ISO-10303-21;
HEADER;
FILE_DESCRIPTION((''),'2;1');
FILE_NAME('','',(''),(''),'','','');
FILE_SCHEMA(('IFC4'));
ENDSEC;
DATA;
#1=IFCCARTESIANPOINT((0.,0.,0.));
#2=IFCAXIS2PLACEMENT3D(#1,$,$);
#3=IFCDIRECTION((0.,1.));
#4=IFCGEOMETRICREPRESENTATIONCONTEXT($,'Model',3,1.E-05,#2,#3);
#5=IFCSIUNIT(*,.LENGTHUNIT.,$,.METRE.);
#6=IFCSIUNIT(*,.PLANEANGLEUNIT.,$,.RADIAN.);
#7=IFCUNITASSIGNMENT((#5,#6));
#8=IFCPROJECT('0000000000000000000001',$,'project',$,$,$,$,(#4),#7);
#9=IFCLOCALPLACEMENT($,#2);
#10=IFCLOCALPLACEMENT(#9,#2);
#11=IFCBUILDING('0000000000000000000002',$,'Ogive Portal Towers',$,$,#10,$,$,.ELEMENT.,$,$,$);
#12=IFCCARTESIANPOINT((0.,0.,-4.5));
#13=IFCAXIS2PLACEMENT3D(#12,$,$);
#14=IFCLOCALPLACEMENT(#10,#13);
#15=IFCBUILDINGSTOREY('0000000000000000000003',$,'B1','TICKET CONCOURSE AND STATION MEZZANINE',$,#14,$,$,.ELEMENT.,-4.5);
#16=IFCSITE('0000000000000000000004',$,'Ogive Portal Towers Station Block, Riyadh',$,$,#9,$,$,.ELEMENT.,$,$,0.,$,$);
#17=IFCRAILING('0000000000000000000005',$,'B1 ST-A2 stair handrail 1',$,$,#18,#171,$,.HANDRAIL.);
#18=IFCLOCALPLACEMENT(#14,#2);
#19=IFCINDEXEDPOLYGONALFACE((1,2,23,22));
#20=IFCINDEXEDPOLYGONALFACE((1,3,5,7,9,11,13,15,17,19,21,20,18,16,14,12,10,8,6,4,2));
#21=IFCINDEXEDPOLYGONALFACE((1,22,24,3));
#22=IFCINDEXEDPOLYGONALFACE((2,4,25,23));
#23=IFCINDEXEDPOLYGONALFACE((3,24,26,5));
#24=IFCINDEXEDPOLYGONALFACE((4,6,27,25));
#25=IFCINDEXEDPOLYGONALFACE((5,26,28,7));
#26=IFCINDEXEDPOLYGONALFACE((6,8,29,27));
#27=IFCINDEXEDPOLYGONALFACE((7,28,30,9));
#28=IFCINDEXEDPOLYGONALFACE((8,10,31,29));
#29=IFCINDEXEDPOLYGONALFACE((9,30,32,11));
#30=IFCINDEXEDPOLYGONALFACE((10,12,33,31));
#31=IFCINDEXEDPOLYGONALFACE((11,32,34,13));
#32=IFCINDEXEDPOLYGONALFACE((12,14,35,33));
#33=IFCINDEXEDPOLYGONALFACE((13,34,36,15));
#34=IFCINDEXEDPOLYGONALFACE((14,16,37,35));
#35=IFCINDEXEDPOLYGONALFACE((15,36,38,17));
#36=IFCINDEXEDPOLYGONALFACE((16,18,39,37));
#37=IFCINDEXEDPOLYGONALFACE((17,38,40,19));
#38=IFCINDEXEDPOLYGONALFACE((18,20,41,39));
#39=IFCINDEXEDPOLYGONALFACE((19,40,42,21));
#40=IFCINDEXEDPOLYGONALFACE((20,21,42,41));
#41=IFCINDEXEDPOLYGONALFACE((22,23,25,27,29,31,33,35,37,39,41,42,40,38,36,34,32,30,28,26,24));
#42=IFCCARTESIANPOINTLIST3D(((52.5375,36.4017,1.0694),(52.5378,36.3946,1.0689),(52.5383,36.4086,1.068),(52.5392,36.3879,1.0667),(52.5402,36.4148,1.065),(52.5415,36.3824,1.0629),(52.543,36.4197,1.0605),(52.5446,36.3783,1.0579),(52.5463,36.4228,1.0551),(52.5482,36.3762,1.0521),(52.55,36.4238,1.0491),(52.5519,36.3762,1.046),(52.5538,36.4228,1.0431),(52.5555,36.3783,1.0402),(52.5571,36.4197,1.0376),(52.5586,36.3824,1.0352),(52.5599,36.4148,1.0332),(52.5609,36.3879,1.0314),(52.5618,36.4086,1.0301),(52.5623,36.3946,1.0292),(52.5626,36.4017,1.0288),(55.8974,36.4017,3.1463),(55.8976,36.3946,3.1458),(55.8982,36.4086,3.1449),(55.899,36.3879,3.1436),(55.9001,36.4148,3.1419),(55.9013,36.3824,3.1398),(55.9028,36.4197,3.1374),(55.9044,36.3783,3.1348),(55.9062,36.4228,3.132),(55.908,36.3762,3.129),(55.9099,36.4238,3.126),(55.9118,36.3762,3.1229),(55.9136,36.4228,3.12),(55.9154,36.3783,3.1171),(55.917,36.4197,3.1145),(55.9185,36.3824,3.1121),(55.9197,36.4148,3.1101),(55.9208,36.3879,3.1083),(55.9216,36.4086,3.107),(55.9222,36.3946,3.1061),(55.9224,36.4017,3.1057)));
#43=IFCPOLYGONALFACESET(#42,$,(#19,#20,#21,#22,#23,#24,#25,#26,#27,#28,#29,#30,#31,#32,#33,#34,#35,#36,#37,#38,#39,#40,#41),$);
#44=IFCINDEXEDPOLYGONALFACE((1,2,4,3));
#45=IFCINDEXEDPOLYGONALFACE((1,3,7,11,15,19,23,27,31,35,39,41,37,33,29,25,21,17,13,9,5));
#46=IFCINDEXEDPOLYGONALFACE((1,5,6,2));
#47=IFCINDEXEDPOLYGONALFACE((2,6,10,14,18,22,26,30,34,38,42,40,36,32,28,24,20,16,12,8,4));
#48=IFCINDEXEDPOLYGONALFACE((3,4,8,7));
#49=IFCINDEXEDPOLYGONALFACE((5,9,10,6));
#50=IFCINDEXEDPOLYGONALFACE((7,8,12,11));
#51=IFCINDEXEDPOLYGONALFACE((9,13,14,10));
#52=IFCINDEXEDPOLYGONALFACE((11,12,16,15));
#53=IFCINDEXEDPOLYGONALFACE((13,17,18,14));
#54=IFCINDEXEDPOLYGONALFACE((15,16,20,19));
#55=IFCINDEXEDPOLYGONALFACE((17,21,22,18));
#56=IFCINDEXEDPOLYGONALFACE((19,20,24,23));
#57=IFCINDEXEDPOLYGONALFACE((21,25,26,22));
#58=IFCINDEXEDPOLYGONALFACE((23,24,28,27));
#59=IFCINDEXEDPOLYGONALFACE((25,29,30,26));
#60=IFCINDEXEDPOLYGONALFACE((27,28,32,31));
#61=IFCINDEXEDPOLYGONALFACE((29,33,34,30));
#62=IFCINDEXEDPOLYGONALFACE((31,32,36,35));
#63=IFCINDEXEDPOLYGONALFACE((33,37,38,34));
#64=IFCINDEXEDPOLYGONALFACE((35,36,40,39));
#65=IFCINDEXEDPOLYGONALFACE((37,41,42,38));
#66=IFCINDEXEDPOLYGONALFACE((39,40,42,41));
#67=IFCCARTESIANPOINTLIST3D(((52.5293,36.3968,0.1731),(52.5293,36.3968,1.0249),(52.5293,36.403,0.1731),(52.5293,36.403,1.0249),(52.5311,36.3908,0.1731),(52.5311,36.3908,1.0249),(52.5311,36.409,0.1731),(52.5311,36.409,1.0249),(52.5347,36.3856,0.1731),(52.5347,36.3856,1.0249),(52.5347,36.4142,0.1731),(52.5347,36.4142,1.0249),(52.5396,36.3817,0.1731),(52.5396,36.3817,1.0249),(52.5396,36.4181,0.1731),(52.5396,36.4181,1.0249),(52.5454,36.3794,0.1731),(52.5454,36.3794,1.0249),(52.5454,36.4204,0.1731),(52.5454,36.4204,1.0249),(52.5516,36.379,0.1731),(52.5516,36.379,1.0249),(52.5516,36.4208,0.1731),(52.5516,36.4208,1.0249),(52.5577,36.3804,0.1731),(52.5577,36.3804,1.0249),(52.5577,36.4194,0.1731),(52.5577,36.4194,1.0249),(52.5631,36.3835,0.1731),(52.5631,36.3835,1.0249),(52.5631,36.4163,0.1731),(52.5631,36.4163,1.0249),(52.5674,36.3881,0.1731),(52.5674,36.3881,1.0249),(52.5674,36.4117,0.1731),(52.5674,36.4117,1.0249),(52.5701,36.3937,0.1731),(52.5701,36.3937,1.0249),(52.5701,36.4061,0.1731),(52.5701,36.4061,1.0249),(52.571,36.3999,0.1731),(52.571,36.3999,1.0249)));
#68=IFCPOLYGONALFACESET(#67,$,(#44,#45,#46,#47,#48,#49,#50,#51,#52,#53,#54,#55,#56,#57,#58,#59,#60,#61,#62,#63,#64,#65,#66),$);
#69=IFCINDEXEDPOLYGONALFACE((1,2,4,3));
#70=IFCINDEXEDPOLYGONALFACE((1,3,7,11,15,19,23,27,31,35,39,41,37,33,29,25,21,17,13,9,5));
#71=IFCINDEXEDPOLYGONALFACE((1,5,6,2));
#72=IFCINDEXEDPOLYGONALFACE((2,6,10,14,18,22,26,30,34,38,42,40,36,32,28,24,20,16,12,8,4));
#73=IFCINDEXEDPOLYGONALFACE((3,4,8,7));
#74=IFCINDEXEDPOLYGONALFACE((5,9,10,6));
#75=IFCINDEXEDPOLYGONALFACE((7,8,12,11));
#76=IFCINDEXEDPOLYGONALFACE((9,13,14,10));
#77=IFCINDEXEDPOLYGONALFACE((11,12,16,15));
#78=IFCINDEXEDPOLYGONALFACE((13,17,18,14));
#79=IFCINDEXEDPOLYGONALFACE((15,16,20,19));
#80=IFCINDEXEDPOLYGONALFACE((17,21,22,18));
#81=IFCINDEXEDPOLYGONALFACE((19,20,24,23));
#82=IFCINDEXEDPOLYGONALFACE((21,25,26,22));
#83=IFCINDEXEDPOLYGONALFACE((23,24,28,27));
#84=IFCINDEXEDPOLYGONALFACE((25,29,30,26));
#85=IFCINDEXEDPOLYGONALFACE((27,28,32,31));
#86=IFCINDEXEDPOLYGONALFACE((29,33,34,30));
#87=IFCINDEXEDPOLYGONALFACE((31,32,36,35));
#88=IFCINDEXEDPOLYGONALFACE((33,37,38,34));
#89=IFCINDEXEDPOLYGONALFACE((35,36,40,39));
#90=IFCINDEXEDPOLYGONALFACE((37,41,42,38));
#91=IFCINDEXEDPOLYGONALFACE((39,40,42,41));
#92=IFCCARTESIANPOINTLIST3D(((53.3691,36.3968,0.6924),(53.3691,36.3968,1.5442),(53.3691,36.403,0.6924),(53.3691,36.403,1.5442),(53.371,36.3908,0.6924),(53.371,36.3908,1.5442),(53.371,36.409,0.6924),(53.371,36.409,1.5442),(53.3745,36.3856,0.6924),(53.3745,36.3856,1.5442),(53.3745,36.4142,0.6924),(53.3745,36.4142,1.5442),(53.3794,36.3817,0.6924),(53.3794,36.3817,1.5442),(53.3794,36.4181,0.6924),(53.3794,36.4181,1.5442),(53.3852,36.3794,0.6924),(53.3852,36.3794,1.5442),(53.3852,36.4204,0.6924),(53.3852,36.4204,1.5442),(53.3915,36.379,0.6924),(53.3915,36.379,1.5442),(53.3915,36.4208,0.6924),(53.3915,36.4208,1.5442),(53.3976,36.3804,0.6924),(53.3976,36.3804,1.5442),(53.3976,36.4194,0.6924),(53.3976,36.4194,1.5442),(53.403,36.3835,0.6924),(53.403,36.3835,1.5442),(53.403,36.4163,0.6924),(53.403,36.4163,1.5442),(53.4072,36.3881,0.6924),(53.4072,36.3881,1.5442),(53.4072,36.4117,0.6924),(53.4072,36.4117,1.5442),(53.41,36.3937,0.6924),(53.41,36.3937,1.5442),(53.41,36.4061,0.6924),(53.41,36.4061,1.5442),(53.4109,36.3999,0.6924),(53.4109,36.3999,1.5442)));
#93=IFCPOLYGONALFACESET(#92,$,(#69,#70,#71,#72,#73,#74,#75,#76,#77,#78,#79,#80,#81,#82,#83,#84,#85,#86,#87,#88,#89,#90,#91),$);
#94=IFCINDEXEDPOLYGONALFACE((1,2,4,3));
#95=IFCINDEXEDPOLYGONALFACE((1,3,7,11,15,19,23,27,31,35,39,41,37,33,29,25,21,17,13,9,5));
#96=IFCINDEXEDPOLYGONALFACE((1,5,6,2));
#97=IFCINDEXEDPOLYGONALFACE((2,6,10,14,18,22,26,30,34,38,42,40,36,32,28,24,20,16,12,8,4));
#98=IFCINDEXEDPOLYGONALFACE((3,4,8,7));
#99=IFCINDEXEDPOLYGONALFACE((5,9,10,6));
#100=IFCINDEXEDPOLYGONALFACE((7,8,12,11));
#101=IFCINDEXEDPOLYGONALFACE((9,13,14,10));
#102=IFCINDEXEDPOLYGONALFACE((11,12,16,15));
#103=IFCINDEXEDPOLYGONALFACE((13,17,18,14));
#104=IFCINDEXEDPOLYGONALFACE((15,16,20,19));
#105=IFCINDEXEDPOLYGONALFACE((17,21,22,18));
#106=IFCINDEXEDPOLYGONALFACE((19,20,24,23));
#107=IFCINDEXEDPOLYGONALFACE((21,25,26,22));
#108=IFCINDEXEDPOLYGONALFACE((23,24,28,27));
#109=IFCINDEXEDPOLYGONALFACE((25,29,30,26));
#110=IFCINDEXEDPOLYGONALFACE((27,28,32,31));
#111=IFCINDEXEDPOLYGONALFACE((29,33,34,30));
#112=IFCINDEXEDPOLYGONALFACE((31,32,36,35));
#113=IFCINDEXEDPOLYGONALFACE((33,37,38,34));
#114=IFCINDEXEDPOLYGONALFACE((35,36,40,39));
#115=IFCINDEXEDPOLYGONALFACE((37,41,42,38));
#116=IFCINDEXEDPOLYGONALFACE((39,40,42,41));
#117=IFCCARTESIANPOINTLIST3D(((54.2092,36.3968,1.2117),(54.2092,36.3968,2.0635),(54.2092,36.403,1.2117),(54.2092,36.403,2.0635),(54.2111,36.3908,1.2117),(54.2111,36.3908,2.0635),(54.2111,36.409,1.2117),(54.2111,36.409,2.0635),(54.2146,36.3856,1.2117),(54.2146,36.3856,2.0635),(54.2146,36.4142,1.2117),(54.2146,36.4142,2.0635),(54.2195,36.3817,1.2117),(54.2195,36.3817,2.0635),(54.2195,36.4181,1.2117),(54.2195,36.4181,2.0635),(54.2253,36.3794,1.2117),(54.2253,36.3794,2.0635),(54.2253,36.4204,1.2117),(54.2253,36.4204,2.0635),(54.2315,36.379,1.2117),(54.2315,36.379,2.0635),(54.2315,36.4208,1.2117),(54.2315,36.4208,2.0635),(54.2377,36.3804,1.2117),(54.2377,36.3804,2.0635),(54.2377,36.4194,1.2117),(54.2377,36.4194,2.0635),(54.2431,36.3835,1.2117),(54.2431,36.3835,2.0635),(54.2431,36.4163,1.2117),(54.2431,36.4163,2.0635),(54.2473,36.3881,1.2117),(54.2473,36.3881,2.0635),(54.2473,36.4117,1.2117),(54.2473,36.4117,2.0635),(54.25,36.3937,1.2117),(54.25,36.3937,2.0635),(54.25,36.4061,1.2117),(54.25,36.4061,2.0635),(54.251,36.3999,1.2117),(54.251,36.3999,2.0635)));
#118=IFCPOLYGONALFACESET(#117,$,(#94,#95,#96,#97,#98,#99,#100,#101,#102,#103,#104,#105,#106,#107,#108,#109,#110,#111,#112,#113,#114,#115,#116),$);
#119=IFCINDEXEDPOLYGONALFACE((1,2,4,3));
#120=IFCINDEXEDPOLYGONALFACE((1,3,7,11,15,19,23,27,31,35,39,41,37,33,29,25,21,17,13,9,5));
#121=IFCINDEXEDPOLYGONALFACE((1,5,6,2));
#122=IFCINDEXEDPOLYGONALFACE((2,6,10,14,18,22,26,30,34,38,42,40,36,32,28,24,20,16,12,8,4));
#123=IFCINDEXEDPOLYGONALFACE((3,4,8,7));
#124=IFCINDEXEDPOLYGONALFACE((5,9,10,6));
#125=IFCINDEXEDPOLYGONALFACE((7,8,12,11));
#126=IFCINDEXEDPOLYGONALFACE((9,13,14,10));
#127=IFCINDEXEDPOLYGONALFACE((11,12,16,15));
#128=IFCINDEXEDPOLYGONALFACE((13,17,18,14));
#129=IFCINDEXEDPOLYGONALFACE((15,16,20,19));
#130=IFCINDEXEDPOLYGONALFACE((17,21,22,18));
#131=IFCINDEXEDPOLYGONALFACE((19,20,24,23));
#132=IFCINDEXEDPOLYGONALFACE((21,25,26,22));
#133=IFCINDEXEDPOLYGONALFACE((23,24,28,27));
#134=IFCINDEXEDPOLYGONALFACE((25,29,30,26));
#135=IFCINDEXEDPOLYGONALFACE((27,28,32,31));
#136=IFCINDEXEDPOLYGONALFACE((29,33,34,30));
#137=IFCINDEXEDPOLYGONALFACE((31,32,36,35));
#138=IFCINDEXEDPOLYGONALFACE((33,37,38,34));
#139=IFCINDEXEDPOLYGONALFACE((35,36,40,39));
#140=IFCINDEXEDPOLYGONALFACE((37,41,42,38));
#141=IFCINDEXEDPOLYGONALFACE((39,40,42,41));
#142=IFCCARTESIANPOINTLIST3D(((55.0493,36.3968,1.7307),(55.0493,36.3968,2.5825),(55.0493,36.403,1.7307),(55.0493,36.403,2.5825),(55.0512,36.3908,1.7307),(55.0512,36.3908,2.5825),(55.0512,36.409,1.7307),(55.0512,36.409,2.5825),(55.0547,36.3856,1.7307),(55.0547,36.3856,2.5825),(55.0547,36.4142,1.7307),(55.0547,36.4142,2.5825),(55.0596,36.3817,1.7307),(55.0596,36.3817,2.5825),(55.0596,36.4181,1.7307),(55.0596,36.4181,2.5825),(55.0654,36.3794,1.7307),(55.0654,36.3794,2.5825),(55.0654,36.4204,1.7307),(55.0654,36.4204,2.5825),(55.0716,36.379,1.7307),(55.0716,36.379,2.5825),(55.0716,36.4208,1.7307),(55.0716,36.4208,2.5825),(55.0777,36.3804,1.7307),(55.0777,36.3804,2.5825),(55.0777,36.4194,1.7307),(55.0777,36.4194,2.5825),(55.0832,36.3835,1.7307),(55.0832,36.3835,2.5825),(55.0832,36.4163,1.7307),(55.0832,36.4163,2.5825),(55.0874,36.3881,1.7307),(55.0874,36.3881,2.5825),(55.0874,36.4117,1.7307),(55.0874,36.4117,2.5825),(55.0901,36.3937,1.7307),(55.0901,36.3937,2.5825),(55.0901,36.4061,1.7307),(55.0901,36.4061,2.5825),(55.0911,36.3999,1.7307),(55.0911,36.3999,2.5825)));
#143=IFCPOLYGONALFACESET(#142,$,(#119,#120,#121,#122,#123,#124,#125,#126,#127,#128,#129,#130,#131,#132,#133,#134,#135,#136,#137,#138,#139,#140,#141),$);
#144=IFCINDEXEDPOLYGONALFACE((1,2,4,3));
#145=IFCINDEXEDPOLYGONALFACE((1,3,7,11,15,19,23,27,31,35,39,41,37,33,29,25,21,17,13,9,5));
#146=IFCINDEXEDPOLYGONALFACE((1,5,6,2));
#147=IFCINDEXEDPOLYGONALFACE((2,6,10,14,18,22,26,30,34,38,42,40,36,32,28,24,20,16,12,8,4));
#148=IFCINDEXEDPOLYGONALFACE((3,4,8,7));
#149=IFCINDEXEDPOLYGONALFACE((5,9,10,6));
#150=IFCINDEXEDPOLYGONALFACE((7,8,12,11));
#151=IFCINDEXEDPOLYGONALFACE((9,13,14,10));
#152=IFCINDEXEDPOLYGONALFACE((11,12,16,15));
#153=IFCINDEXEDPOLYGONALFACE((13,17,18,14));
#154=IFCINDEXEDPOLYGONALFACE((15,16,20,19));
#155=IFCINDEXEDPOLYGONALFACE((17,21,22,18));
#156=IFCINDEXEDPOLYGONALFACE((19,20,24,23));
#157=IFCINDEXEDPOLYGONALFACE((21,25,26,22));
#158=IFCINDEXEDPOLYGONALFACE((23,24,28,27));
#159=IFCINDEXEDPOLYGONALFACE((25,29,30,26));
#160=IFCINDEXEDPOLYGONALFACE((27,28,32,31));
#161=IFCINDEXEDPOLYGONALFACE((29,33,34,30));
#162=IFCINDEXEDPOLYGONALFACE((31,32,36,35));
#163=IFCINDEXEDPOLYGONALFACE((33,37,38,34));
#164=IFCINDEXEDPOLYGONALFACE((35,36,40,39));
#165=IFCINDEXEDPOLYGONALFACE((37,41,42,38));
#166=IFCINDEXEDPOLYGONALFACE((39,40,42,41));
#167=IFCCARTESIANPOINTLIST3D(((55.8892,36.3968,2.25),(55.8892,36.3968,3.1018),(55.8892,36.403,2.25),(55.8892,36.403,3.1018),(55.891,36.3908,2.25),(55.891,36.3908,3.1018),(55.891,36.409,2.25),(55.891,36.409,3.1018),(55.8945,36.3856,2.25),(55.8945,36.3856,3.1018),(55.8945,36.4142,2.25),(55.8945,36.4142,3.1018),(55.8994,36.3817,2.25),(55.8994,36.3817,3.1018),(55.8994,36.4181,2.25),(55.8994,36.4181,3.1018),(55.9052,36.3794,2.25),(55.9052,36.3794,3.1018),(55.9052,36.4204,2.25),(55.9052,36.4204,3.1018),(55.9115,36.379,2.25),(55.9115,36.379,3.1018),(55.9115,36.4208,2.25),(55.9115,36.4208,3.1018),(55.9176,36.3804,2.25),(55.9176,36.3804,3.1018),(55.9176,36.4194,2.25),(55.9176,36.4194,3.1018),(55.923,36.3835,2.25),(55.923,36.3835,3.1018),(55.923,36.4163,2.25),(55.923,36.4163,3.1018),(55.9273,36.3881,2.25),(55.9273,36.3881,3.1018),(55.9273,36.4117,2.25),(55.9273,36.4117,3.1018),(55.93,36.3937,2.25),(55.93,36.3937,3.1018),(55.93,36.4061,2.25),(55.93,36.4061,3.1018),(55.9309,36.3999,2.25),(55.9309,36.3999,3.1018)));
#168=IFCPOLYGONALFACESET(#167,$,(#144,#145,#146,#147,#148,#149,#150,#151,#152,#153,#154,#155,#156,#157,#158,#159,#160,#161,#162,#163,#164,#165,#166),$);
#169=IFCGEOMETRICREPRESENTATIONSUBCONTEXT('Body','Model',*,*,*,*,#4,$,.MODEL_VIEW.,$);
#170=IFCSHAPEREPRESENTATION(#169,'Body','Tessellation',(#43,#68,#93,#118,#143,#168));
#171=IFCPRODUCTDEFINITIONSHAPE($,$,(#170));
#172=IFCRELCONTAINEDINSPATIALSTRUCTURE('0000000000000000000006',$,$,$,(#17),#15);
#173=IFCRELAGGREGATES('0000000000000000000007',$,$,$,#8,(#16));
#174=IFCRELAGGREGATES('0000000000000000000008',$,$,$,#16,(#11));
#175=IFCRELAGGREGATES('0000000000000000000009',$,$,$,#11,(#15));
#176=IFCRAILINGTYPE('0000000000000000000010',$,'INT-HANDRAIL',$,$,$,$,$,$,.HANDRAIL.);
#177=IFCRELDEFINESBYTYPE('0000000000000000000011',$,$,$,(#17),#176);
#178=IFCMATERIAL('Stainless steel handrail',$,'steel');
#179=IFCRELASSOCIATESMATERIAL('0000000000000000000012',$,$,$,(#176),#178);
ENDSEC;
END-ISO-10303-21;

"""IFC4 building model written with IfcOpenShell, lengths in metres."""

from ifc_helpers import new_model, si_unit, direction, frame, origin, origin_2d, place, context, subcontext, project, spatial, circle, extrude, material, type_object, element, save


model = new_model("IFC4")

# Units and contexts
model_context = context("Model", 3, precision=1e-05, world=origin(), true_north=direction((0.0, 1.0)))
body_context = subcontext(model_context, "Body", "Model", "MODEL_VIEW")
ifc_project = project(units=[si_unit("LENGTHUNIT", "METRE"), si_unit("PLANEANGLEUNIT", "RADIAN")], contexts=[model_context])

# Site, building, storey
site_placement = place(None, origin())
site = spatial("IfcSite", under=ifc_project, at=site_placement, Name="Ogive Portal Towers Station Block, Riyadh", CompositionType="ELEMENT", RefElevation=0.0)
building_placement = place(site_placement, origin())
building = spatial("IfcBuilding", under=site, at=building_placement, Name="Ogive Portal Towers", CompositionType="ELEMENT")
storey_placement = place(building_placement, frame((0.0, 0.0, -4.5)))
storey = spatial("IfcBuildingStorey", under=building, at=storey_placement, Name="B1", Description="TICKET CONCOURSE AND STATION MEZZANINE", CompositionType="ELEMENT", Elevation=-4.5)

# Railing
ifc_material_1 = material(Name="Stainless steel handrail", Category="steel")
railing_type_1 = type_object("IfcRailingType", Name="INT-HANDRAIL", PredefinedType="HANDRAIL", material=ifc_material_1)
railing_1_placement = place(storey_placement, frame((52.55, 36.3999, 0.1731)))
element("IfcRailing", 1, at=railing_1_placement, inside=storey, type_object=railing_type_1, Name="B1 ST-A2 stair handrail 1", PredefinedType="HANDRAIL", context=body_context, shape_type="SweptSolid", body=[
    extrude(circle(Radius=0.0239, at=origin_2d()), frame((0.0, 0.0, 0.876), z_axis=(0.850606, 0.0, 0.525803), x_axis=(0.0, 1.0, 0.0)), (0.0, 0.0, 1.0), 3.95),
    extrude(circle(Radius=0.021, at=origin_2d()), origin(), (0.0, 0.0, 1.0), 0.8518),
    extrude(circle(Radius=0.021, at=origin_2d()), frame((0.8398, 0.0, 0.5193)), (0.0, 0.0, 1.0), 0.8518),
    extrude(circle(Radius=0.021, at=origin_2d()), frame((1.6799, 0.0, 1.0386)), (0.0, 0.0, 1.0), 0.8518),
    extrude(circle(Radius=0.021, at=origin_2d()), frame((2.52, 0.0, 1.5576)), (0.0, 0.0, 1.0), 0.8518),
    extrude(circle(Radius=0.021, at=origin_2d()), frame((3.3599, 0.0, 2.0769)), (0.0, 0.0, 1.0), 0.8518),
])

save(model, "model.ifc")
